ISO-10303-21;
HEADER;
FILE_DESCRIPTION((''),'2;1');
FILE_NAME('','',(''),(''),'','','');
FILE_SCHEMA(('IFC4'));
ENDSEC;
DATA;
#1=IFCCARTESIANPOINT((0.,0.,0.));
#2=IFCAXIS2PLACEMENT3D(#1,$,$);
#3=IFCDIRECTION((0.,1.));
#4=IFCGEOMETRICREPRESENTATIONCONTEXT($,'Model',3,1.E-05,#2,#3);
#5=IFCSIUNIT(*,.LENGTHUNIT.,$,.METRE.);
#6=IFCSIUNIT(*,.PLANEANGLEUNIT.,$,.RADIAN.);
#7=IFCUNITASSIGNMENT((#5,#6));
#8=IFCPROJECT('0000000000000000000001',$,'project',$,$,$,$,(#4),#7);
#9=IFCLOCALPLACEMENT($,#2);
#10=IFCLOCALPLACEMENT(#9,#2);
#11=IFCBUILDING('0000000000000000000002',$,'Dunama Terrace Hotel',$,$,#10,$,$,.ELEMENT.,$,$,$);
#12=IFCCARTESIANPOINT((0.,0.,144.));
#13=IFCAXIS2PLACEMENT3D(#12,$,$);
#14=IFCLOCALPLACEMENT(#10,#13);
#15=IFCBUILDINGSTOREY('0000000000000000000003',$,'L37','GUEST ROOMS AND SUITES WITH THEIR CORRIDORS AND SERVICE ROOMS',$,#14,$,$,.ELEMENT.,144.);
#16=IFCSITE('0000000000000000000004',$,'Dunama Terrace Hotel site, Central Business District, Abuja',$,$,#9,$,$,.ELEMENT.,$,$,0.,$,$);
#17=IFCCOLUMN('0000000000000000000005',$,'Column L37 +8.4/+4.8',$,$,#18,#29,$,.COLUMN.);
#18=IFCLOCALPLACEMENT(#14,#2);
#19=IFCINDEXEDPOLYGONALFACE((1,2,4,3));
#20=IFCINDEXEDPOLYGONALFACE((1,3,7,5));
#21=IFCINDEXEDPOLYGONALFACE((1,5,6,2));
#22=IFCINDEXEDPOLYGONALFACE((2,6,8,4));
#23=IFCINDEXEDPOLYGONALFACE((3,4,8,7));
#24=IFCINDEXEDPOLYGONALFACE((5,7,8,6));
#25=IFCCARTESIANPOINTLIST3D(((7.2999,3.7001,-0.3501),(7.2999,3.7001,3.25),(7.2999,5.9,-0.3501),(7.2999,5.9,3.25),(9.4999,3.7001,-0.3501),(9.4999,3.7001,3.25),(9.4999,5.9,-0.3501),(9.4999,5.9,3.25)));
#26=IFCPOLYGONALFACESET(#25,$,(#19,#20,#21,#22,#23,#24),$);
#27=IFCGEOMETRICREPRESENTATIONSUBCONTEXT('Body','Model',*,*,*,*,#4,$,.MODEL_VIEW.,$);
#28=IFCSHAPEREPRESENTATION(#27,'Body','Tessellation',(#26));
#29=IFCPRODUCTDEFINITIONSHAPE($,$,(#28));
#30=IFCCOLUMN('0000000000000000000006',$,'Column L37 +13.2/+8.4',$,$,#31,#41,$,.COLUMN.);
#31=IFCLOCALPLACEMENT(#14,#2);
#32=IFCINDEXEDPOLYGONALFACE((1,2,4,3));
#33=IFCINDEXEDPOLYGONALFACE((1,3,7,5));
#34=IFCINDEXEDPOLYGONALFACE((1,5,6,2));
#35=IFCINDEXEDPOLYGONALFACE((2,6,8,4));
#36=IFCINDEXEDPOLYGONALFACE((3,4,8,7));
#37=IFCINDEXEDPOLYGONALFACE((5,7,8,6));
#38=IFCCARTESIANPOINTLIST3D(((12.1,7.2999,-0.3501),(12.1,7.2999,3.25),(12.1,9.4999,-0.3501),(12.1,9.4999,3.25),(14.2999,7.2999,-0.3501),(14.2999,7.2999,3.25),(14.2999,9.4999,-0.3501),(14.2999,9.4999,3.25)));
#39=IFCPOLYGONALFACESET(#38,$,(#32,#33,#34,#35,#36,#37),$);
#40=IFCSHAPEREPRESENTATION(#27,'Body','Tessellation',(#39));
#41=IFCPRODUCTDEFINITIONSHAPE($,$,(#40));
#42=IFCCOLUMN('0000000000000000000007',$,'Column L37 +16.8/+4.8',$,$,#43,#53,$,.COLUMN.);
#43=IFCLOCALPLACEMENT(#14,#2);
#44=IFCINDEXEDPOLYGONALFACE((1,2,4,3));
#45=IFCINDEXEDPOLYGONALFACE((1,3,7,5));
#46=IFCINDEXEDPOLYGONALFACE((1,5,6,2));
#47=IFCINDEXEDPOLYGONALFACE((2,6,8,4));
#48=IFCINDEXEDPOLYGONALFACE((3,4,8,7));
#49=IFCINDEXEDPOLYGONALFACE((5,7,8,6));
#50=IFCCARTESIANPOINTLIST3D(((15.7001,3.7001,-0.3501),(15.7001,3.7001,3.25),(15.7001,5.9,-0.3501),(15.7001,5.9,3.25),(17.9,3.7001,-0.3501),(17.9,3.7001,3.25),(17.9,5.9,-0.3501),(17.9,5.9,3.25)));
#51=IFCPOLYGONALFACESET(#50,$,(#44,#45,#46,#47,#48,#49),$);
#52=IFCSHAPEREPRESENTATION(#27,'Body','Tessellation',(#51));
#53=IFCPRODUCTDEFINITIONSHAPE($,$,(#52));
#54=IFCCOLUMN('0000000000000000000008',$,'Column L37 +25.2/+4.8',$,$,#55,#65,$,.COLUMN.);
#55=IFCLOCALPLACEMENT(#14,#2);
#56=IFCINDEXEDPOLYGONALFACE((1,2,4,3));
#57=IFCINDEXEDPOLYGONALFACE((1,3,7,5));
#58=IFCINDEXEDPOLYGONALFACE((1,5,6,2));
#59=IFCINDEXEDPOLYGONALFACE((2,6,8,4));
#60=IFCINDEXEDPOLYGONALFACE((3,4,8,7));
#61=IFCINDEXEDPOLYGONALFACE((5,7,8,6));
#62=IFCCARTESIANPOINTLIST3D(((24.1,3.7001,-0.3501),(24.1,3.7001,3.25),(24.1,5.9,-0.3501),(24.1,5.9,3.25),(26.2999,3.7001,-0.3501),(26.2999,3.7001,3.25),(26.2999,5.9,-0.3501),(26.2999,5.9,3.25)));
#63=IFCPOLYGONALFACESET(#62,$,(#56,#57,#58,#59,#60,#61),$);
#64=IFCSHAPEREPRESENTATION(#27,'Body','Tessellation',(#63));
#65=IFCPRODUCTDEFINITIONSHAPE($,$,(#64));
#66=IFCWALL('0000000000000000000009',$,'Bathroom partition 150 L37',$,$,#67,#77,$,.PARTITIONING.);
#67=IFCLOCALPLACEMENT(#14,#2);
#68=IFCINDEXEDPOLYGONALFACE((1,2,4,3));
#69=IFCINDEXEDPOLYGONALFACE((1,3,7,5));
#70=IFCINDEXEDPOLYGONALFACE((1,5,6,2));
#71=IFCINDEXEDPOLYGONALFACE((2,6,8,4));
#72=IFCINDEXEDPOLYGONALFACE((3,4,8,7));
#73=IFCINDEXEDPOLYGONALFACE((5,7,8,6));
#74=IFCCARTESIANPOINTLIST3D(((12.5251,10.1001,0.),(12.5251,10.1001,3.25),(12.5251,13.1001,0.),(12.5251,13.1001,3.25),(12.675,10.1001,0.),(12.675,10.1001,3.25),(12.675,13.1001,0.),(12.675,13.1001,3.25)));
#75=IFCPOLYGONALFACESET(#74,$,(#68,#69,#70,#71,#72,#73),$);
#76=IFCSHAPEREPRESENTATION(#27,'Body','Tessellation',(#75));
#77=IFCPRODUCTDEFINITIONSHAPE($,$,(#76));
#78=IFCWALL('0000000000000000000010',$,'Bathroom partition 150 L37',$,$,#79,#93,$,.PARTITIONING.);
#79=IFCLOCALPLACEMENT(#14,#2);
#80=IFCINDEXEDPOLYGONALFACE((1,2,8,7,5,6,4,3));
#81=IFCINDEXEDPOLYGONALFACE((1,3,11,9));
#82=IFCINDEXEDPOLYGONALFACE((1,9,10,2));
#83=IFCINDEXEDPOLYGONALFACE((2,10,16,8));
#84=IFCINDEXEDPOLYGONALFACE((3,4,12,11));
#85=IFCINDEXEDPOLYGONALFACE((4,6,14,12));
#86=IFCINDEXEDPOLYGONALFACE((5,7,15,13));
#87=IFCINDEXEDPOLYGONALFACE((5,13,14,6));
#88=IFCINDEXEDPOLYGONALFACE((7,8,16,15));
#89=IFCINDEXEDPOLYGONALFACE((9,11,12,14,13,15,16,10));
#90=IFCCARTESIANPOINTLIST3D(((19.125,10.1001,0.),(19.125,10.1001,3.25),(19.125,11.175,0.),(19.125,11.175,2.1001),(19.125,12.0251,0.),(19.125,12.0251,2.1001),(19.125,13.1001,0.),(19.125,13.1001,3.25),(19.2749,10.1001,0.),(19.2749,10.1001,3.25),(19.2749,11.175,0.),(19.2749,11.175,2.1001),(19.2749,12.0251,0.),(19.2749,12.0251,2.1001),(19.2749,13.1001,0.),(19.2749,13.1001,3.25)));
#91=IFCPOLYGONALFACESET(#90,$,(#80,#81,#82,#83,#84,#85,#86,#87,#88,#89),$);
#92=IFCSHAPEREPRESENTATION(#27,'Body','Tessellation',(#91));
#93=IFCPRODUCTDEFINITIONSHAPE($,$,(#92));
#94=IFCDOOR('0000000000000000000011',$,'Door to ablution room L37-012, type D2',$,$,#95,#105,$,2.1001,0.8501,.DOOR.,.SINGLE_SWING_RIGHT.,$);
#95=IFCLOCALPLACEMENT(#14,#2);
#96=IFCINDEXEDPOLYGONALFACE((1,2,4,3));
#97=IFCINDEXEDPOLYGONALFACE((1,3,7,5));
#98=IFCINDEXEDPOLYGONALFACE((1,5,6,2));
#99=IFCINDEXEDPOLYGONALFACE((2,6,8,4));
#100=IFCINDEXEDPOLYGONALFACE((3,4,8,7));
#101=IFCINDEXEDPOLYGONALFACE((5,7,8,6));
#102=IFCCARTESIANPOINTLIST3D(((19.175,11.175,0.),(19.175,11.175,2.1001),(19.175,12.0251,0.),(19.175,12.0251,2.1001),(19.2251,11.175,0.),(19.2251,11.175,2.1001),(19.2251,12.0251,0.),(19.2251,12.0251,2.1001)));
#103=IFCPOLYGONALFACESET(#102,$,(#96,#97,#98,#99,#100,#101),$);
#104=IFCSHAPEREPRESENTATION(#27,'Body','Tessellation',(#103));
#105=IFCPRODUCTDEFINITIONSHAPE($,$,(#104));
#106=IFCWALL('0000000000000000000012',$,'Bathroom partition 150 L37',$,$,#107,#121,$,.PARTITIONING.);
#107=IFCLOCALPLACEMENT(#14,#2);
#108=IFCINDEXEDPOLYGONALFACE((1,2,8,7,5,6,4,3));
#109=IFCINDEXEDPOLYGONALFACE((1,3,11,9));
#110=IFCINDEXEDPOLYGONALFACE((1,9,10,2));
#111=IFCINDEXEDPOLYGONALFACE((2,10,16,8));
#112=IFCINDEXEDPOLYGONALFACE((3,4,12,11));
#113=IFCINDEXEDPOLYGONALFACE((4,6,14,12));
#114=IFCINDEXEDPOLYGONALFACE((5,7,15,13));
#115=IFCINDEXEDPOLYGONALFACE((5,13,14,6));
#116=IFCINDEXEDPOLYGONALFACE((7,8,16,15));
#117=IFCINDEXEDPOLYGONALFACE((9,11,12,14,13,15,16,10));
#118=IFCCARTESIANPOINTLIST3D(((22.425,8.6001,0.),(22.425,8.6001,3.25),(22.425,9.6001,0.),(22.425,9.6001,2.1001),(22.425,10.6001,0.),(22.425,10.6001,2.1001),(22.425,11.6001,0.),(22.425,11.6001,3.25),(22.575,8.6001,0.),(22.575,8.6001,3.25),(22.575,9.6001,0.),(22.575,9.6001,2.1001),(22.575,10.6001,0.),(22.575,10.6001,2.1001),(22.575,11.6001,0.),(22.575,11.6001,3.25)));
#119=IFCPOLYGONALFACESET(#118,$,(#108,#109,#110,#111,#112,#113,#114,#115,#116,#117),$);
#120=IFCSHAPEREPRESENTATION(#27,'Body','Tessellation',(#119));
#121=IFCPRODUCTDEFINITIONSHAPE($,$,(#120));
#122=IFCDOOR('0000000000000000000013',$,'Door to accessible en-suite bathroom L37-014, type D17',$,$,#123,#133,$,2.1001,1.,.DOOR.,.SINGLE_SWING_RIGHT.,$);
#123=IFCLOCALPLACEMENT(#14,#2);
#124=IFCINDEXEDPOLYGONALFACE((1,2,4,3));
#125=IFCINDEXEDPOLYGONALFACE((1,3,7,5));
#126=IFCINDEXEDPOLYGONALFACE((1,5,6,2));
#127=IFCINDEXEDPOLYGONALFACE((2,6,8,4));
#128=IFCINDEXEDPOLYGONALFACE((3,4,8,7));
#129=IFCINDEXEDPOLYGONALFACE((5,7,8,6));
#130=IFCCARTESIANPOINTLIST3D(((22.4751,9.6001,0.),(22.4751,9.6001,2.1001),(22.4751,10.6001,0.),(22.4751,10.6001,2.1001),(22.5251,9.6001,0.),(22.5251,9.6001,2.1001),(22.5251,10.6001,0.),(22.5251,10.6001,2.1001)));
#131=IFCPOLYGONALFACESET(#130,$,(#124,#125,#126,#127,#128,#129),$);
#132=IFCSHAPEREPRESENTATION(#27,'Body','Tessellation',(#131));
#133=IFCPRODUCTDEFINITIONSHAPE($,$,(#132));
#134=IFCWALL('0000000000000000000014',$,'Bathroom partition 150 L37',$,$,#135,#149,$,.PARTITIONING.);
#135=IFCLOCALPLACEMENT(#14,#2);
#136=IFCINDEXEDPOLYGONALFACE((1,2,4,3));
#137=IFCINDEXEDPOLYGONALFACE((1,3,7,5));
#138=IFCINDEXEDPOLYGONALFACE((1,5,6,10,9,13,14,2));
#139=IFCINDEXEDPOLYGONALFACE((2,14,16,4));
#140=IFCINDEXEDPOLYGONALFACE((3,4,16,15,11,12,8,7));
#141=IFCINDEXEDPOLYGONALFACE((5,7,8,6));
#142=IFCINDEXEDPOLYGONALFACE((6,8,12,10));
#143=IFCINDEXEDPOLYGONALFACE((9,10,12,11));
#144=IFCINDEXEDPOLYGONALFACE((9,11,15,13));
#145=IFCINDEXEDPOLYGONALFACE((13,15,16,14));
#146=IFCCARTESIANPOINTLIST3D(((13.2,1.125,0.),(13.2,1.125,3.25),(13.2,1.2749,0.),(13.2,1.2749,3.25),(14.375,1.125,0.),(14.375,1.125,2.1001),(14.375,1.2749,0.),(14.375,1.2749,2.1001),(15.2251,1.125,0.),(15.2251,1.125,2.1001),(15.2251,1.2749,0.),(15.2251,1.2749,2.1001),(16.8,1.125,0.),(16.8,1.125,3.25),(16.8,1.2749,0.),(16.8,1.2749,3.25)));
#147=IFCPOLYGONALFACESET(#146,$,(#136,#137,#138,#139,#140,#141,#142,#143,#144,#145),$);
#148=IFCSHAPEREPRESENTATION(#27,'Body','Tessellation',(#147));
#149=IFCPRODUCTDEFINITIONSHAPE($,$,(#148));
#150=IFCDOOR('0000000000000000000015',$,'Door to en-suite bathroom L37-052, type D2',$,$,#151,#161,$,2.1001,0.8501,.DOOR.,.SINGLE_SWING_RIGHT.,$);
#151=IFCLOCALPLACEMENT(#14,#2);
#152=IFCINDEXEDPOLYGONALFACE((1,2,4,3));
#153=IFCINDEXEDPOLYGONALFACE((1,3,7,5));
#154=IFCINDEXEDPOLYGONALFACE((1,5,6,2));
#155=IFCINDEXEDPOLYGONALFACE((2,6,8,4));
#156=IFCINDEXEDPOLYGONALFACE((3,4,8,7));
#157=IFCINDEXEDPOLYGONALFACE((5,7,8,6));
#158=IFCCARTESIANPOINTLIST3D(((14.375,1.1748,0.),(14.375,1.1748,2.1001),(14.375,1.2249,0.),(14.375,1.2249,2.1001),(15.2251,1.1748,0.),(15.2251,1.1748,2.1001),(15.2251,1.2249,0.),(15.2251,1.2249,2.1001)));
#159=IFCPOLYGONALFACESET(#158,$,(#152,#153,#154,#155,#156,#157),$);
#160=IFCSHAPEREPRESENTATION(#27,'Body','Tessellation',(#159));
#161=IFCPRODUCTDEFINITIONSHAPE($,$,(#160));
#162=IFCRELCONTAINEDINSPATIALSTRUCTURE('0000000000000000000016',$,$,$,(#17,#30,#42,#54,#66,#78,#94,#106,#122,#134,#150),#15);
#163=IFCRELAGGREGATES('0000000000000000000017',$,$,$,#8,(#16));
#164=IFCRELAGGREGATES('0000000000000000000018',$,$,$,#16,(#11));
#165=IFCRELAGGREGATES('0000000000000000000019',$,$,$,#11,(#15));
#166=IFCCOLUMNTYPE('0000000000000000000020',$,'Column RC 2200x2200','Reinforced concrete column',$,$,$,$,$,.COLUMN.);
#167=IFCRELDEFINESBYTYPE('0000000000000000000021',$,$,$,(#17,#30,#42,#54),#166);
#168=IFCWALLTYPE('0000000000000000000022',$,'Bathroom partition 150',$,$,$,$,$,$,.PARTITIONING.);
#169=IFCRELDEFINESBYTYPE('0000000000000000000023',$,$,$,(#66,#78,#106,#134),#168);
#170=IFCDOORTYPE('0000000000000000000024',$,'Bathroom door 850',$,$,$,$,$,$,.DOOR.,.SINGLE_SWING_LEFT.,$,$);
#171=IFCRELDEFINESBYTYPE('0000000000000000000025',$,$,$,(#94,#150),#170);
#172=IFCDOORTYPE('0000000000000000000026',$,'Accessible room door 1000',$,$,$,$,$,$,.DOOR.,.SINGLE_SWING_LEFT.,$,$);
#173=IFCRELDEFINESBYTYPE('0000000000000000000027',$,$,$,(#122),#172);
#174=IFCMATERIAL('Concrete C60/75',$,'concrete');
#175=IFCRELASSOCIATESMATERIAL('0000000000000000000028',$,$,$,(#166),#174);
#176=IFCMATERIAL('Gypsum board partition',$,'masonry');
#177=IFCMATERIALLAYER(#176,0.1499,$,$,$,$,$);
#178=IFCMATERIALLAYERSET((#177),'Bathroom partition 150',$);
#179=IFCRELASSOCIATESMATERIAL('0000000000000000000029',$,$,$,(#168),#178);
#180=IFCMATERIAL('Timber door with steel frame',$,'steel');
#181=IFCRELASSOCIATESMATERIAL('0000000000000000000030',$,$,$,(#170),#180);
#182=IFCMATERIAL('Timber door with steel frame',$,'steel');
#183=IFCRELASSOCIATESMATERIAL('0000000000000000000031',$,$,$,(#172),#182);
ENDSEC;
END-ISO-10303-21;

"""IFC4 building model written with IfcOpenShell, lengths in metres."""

from ifc_helpers import new_model, si_unit, direction, frame, frame_2d, origin, origin_2d, place, context, subcontext, project, spatial, rectangle, extrude, material, layer, layer_set, material_profile, profile_set, type_object, element, fill, save


model = new_model("IFC4")

# Units and contexts
model_context = context("Model", 3, precision=1e-05, world=origin(), true_north=direction((0.0, 1.0)))
body_context = subcontext(model_context, "Body", "Model", "MODEL_VIEW")
ifc_project = project(units=[si_unit("LENGTHUNIT", "METRE"), si_unit("PLANEANGLEUNIT", "RADIAN")], contexts=[model_context])

# Site, building, storey
site_placement = place(None, origin())
site = spatial("IfcSite", under=ifc_project, at=site_placement, Name="Dunama Terrace Hotel site, Central Business District, Abuja", CompositionType="ELEMENT", RefElevation=0.0)
building_placement = place(site_placement, origin())
building = spatial("IfcBuilding", under=site, at=building_placement, Name="Dunama Terrace Hotel", CompositionType="ELEMENT")
storey_placement = place(building_placement, frame((0.0, 0.0, 144.0)))
storey = spatial("IfcBuildingStorey", under=building, at=storey_placement, Name="L37", Description="GUEST ROOMS AND SUITES WITH THEIR CORRIDORS AND SERVICE ROOMS", CompositionType="ELEMENT", Elevation=144.0)

# Columns
ifc_material_1 = material(Name="Concrete C60/75", Category="concrete")
ifc_material_profile = material_profile(ifc_material_1, rectangle(XDim=2.2, YDim=2.2, at=origin_2d()), Name="RC 2200x2200")
ifc_profile_set = profile_set([ifc_material_profile], Name="Concrete C60/75")
column_type = type_object("IfcColumnType", Name="Column RC 2200x2200", Description="Reinforced concrete column", PredefinedType="COLUMN", material=ifc_profile_set)
for number, where, z_axis, x_axis, name in (
    (1, (8.3999, 4.8, -0.3501), (0.0, 0.0, 1.0), (1.0, 0.0, 0.0), "Column L37 +8.4/+4.8"),
    (2, (13.2, 8.3999, -0.3501), (0.0, 0.0, 1.0), (1.0, 0.0, 0.0), "Column L37 +13.2/+8.4"),
    (3, (16.8, 4.8, -0.3501), (0.0, 0.0, 1.0), (1.0, 0.0, 0.0), "Column L37 +16.8/+4.8"),
    (4, (25.2, 4.8, -0.3501), (0.0, 0.0, 1.0), (1.0, 0.0, 0.0), "Column L37 +25.2/+4.8"),
):
    element("IfcColumn", number, at=place(storey_placement, frame(where, z_axis=z_axis, x_axis=x_axis)), inside=storey, type_object=column_type, Name=name, PredefinedType="COLUMN", context=body_context, shape_type="SweptSolid", body=[
        extrude(rectangle(XDim=2.2, YDim=2.2, at=origin_2d()), origin(), (0.0, 0.0, 1.0), 3.6001),
    ])

# Wall
ifc_material_2 = material(Name="Gypsum board partition", Category="masonry")
ifc_layer_1 = layer(ifc_material_2, 0.1499)
ifc_layer_set_1 = layer_set([ifc_layer_1], Name="Bathroom partition 150")
wall_type_1 = type_object("IfcWallType", Name="Bathroom partition 150", PredefinedType="PARTITIONING", material=ifc_layer_set_1)
wall_1_placement = place(storey_placement, frame((12.6001, 10.1001, 0.0), z_axis=(0.0, 0.0, 1.0), x_axis=(0.0, 1.0, 0.0)))
element("IfcWall", 5, at=wall_1_placement, inside=storey, type_object=wall_type_1, Name="Bathroom partition 150 L37", PredefinedType="PARTITIONING", context=body_context, shape_type="SweptSolid", body=[
    extrude(rectangle(XDim=3.0, YDim=0.1499, at=frame_2d((1.5, 0.0))), origin(), (0.0, 0.0, 1.0), 3.25),
])

# Walls, openings, doors
wall_2_placement = place(storey_placement, frame((19.2, 10.1001, 0.0), z_axis=(0.0, 0.0, 1.0), x_axis=(0.0, 1.0, 0.0)))
wall_2 = element("IfcWall", 6, at=wall_2_placement, inside=storey, type_object=wall_type_1, Name="Bathroom partition 150 L37", PredefinedType="PARTITIONING", context=body_context, shape_type="SweptSolid", body=[
    extrude(rectangle(XDim=3.0, YDim=0.1499, at=frame_2d((1.5, 0.0))), origin(), (0.0, 0.0, 1.0), 3.25),
])
opening_1_placement = place(wall_2_placement, frame((1.075, 0.0, 0.0)))
opening_1 = element("IfcOpeningElement", 7, at=opening_1_placement, cuts=wall_2, PredefinedType="OPENING", context=body_context, shape_type="SweptSolid", body=[
    extrude(rectangle(XDim=0.8501, YDim=2.1001, at=frame_2d((0.425, 1.05))), frame((0.0, 0.085, 0.0), z_axis=(0.0, -1.0, 0.0), x_axis=(1.0, 0.0, 0.0)), (0.0, 0.0, 1.0), 0.1699),
])
ifc_material_3 = material(Name="Timber door with steel frame", Category="steel")
door_type_1 = type_object("IfcDoorType", Name="Bathroom door 850", OperationType="SINGLE_SWING_LEFT", PredefinedType="DOOR", material=ifc_material_3)
door_1_placement = place(opening_1_placement, origin())
door_1 = element("IfcDoor", 8, at=door_1_placement, inside=storey, type_object=door_type_1, Name="Door to ablution room L37-012, type D2", OperationType="SINGLE_SWING_RIGHT", OverallHeight=2.1001, OverallWidth=0.8501, PredefinedType="DOOR", context=body_context, shape_type="SweptSolid", body=[
    extrude(rectangle(XDim=0.8501, YDim=2.1001, at=frame_2d((0.425, 1.05))), frame((0.0, 0.0249, 0.0), z_axis=(0.0, -1.0, 0.0), x_axis=(1.0, 0.0, 0.0)), (0.0, 0.0, 1.0), 0.05),
])
fill(opening_1, door_1)
wall_3_placement = place(storey_placement, frame((22.5, 8.6001, 0.0), z_axis=(0.0, 0.0, 1.0), x_axis=(0.0, 1.0, 0.0)))
wall_3 = element("IfcWall", 9, at=wall_3_placement, inside=storey, type_object=wall_type_1, Name="Bathroom partition 150 L37", PredefinedType="PARTITIONING", context=body_context, shape_type="SweptSolid", body=[
    extrude(rectangle(XDim=3.0, YDim=0.1499, at=frame_2d((1.5, 0.0))), origin(), (0.0, 0.0, 1.0), 3.25),
])
opening_2_placement = place(wall_3_placement, frame((1.0, 0.0, 0.0)))
opening_2 = element("IfcOpeningElement", 10, at=opening_2_placement, cuts=wall_3, PredefinedType="OPENING", context=body_context, shape_type="SweptSolid", body=[
    extrude(rectangle(XDim=1.0, YDim=2.1001, at=frame_2d((0.5, 1.05))), frame((0.0, 0.085, 0.0), z_axis=(0.0, -1.0, 0.0), x_axis=(1.0, 0.0, 0.0)), (0.0, 0.0, 1.0), 0.1699),
])
ifc_material_4 = material(Name="Timber door with steel frame", Category="steel")
door_type_2 = type_object("IfcDoorType", Name="Accessible room door 1000", OperationType="SINGLE_SWING_LEFT", PredefinedType="DOOR", material=ifc_material_4)
door_2_placement = place(opening_2_placement, frame((1.0, 0.0, 0.0), z_axis=(0.0, 0.0, 1.0), x_axis=(-1.0, 0.0, 0.0)))
door_2 = element("IfcDoor", 11, at=door_2_placement, inside=storey, type_object=door_type_2, Name="Door to accessible en-suite bathroom L37-014, type D17", OperationType="SINGLE_SWING_RIGHT", OverallHeight=2.1001, OverallWidth=1.0, PredefinedType="DOOR", context=body_context, shape_type="SweptSolid", body=[
    extrude(rectangle(XDim=1.0, YDim=2.1001, at=frame_2d((0.5, 1.05))), frame((0.0, 0.0251, 0.0), z_axis=(0.0, -1.0, 0.0), x_axis=(1.0, 0.0, 0.0)), (0.0, 0.0, 1.0), 0.05),
])
fill(opening_2, door_2)
wall_4_placement = place(storey_placement, frame((13.2, 1.2, 0.0), z_axis=(0.0, 0.0, 1.0), x_axis=(1.0, 0.0, 0.0)))
wall_4 = element("IfcWall", 12, at=wall_4_placement, inside=storey, type_object=wall_type_1, Name="Bathroom partition 150 L37", PredefinedType="PARTITIONING", context=body_context, shape_type="SweptSolid", body=[
    extrude(rectangle(XDim=3.6001, YDim=0.1499, at=frame_2d((1.8, 0.0))), origin(), (0.0, 0.0, 1.0), 3.25),
])
opening_3_placement = place(wall_4_placement, frame((1.175, 0.0, 0.0)))
opening_3 = element("IfcOpeningElement", 13, at=opening_3_placement, cuts=wall_4, PredefinedType="OPENING", context=body_context, shape_type="SweptSolid", body=[
    extrude(rectangle(XDim=0.8501, YDim=2.1001, at=frame_2d((0.425, 1.05))), frame((0.0, 0.085, 0.0), z_axis=(0.0, -1.0, 0.0), x_axis=(1.0, 0.0, 0.0)), (0.0, 0.0, 1.0), 0.1699),
])
door_3_placement = place(opening_3_placement, origin())
door_3 = element("IfcDoor", 14, at=door_3_placement, inside=storey, type_object=door_type_1, Name="Door to en-suite bathroom L37-052, type D2", OperationType="SINGLE_SWING_RIGHT", OverallHeight=2.1001, OverallWidth=0.8501, PredefinedType="DOOR", context=body_context, shape_type="SweptSolid", body=[
    extrude(rectangle(XDim=0.8501, YDim=2.1001, at=frame_2d((0.425, 1.05))), frame((0.0, 0.0249, 0.0), z_axis=(0.0, -1.0, 0.0), x_axis=(1.0, 0.0, 0.0)), (0.0, 0.0, 1.0), 0.05),
])
fill(opening_3, door_3)

save(model, "model.ifc")
